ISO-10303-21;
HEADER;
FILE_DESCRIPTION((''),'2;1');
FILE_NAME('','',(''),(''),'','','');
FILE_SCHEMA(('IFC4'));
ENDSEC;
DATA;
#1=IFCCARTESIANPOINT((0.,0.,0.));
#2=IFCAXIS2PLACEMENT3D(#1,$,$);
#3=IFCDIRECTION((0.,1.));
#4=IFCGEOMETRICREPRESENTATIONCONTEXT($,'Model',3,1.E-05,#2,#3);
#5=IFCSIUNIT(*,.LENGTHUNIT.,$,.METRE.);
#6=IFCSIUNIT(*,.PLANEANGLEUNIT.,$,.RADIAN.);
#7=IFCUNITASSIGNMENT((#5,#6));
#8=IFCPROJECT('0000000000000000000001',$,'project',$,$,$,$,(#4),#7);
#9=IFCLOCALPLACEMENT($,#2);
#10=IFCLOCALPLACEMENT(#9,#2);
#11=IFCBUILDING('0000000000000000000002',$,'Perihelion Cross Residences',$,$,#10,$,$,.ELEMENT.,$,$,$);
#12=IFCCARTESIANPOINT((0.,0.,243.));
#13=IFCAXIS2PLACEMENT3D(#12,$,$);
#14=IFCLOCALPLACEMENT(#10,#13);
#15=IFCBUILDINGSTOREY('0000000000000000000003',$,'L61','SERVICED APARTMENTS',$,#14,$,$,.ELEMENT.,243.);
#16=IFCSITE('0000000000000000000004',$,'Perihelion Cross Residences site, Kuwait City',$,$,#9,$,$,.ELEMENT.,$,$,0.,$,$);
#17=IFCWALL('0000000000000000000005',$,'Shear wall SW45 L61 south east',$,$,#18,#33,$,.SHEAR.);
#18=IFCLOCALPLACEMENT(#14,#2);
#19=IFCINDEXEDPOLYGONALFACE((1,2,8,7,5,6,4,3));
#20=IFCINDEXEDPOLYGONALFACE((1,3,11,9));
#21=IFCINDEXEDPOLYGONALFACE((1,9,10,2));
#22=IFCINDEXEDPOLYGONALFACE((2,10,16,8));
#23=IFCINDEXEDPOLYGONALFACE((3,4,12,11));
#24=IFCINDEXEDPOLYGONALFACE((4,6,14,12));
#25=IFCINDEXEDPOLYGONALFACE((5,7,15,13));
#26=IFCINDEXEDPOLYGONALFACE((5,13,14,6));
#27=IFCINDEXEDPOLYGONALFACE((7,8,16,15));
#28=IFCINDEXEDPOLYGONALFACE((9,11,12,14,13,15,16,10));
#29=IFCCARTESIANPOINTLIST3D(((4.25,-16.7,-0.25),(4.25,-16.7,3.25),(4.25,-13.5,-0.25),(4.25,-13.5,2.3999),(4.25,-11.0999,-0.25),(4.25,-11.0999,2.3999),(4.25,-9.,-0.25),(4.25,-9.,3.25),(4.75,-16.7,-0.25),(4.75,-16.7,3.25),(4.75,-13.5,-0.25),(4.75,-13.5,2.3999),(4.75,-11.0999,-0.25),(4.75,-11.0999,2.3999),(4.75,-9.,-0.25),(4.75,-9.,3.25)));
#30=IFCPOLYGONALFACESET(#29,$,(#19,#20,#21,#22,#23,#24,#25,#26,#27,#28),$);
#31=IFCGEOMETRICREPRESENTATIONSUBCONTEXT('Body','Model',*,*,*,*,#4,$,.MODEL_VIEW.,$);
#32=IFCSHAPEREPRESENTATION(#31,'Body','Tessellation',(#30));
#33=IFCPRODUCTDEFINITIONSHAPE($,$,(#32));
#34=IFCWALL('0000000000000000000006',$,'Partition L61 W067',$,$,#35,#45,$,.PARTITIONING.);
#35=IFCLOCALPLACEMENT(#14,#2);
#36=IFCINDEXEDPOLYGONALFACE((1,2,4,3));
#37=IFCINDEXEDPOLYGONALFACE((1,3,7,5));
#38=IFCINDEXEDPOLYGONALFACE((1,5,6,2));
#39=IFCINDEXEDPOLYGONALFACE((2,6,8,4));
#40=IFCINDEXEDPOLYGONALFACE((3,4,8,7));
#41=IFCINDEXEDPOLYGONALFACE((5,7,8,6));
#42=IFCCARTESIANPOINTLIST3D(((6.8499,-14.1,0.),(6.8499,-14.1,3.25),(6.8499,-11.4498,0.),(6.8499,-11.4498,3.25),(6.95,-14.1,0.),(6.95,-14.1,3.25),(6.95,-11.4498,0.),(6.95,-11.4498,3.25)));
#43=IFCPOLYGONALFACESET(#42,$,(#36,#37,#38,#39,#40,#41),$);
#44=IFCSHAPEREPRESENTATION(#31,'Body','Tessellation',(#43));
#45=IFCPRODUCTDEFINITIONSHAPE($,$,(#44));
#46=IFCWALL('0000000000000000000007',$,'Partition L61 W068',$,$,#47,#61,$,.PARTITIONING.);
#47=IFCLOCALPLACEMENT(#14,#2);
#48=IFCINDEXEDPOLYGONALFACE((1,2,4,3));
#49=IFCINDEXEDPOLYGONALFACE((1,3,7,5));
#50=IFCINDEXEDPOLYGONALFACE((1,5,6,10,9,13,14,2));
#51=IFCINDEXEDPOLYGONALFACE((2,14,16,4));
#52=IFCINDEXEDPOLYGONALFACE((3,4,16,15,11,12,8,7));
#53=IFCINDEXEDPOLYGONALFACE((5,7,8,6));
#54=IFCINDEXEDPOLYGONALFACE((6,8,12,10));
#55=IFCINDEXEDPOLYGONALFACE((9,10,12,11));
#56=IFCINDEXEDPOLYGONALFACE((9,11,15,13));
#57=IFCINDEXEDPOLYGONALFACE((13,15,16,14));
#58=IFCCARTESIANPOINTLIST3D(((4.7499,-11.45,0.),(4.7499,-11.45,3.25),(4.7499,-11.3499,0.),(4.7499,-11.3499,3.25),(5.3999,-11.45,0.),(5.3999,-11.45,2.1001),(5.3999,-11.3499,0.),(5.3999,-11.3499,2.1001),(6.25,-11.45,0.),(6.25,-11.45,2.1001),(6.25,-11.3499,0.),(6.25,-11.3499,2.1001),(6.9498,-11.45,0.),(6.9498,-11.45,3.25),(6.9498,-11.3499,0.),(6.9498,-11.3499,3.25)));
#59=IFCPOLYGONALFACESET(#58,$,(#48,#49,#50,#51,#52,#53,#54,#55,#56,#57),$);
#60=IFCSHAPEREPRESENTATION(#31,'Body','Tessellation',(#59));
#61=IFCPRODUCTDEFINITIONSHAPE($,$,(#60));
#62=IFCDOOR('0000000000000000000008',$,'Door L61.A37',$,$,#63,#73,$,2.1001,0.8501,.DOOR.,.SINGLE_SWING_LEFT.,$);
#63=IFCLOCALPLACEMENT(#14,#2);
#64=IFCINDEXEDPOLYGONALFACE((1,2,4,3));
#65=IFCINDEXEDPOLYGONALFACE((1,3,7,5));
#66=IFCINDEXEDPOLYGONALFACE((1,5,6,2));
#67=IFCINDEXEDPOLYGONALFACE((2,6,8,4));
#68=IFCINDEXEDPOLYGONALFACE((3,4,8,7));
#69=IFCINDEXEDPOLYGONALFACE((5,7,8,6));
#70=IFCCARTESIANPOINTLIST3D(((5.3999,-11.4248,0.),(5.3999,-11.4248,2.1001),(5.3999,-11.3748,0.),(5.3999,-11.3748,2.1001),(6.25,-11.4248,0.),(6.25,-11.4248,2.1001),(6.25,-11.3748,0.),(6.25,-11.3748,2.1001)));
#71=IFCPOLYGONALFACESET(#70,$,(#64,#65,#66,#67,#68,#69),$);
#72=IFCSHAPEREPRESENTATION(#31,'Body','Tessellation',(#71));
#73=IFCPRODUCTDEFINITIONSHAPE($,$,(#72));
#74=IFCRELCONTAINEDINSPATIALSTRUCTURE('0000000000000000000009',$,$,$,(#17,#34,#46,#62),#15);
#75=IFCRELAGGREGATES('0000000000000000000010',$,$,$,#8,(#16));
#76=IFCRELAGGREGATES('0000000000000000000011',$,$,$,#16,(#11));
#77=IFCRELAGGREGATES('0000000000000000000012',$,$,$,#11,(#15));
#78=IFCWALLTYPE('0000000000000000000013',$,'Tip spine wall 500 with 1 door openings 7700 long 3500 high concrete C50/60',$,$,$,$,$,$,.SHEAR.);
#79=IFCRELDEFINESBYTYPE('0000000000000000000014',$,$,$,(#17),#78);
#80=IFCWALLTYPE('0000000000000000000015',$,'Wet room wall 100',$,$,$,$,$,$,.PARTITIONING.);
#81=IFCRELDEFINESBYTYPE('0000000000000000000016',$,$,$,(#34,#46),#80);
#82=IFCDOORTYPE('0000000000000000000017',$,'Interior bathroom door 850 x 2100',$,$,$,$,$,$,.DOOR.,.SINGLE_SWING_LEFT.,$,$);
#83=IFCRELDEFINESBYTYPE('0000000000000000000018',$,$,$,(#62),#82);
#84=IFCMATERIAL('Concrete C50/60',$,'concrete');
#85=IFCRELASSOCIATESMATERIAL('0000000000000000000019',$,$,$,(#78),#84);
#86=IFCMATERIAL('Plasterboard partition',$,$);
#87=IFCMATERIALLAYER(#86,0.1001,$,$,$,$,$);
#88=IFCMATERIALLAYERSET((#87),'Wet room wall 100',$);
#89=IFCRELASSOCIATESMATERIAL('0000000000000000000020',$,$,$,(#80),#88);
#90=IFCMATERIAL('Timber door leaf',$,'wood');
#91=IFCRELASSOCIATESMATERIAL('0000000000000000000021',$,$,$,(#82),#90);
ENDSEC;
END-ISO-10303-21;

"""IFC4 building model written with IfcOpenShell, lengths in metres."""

from ifc_helpers import new_model, si_unit, direction, frame, frame_2d, origin, place, context, subcontext, project, spatial, polyline, rectangle, outline, extrude, material, layer, layer_set, material_profile, profile_set, type_object, element, fill, save


model = new_model("IFC4")

# Units and contexts
model_context = context("Model", 3, precision=1e-05, world=origin(), true_north=direction((0.0, 1.0)))
body_context = subcontext(model_context, "Body", "Model", "MODEL_VIEW")
ifc_project = project(units=[si_unit("LENGTHUNIT", "METRE"), si_unit("PLANEANGLEUNIT", "RADIAN")], contexts=[model_context])

# Site, building, storey
site_placement = place(None, origin())
site = spatial("IfcSite", under=ifc_project, at=site_placement, Name="Perihelion Cross Residences site, Kuwait City", CompositionType="ELEMENT", RefElevation=0.0)
building_placement = place(site_placement, origin())
building = spatial("IfcBuilding", under=site, at=building_placement, Name="Perihelion Cross Residences", CompositionType="ELEMENT")
storey_placement = place(building_placement, frame((0.0, 0.0, 243.0)))
storey = spatial("IfcBuildingStorey", under=building, at=storey_placement, Name="L61", Description="SERVICED APARTMENTS", CompositionType="ELEMENT", Elevation=243.0)

# Walls
ifc_material_1 = material(Name="Concrete C50/60", Category="concrete")
ifc_material_profile_1 = material_profile(ifc_material_1, outline(polyline([(0.0, 0.0), (3.2, 0.0), (3.2, 2.6499), (5.6001, 2.6499), (5.6001, 0.0), (7.7, 0.0), (7.7, 3.5), (0.0, 3.5), (0.0, 0.0)])), Name="Tip spine wall")
ifc_profile_set_1 = profile_set([ifc_material_profile_1], Name="Concrete C50/60")
wall_type_1 = type_object("IfcWallType", Name="Tip spine wall 500 with 1 door openings 7700 long 3500 high concrete C50/60", PredefinedType="SHEAR", material=ifc_profile_set_1)
wall_1_placement = place(storey_placement, frame((4.25, -16.7, -0.25), z_axis=(1.0, 0.0, 0.0), x_axis=(0.0, 1.0, 0.0)))
element("IfcWall", 1, at=wall_1_placement, inside=storey, type_object=wall_type_1, Name="Shear wall SW45 L61 south east", PredefinedType="SHEAR", context=body_context, shape_type="SweptSolid", body=[
    extrude(outline(polyline([(0.0, 0.0), (3.2, 0.0), (3.2, 2.6499), (5.6001, 2.6499), (5.6001, 0.0), (7.7, 0.0), (7.7, 3.5), (0.0, 3.5), (0.0, 0.0)])), origin(), (0.0, 0.0, 1.0), 0.5),
])
ifc_material_2 = material(Name="Plasterboard partition")
ifc_layer_1 = layer(ifc_material_2, 0.1001)
ifc_layer_set_1 = layer_set([ifc_layer_1], Name="Wet room wall 100")
wall_type_2 = type_object("IfcWallType", Name="Wet room wall 100", PredefinedType="PARTITIONING", material=ifc_layer_set_1)
wall_2_placement = place(storey_placement, frame((6.8999, -14.1001, 0.0), z_axis=(0.0, 0.0, 1.0), x_axis=(0.0, 1.0, 0.0)))
element("IfcWall", 2, at=wall_2_placement, inside=storey, type_object=wall_type_2, Name="Partition L61 W067", PredefinedType="PARTITIONING", context=body_context, shape_type="SweptSolid", body=[
    extrude(rectangle(XDim=2.6501, YDim=0.1001, at=frame_2d((1.3252, 0.0))), origin(), (0.0, 0.0, 1.0), 3.25),
])

# Wall, opening, door
wall_3_placement = place(storey_placement, frame((6.95, -11.3999, 0.0), z_axis=(0.0, 0.0, 1.0), x_axis=(-1.0, 0.0, 0.0)))
wall_3 = element("IfcWall", 3, at=wall_3_placement, inside=storey, type_object=wall_type_2, Name="Partition L61 W068", PredefinedType="PARTITIONING", context=body_context, shape_type="SweptSolid", body=[
    extrude(rectangle(XDim=2.2, YDim=0.1001, at=frame_2d((1.1001, 0.0))), origin(), (0.0, 0.0, 1.0), 3.25),
])
opening_1_placement = place(wall_3_placement, frame((0.7, 0.0, 0.0)))
opening_1 = element("IfcOpeningElement", 4, at=opening_1_placement, cuts=wall_3, PredefinedType="OPENING", context=body_context, shape_type="SweptSolid", body=[
    extrude(rectangle(XDim=0.8501, YDim=2.1001, at=frame_2d((0.425, 1.05))), frame((0.0, 0.0601, 0.0), z_axis=(0.0, -1.0, 0.0), x_axis=(1.0, 0.0, 0.0)), (0.0, 0.0, 1.0), 0.1201),
])
ifc_material_3 = material(Name="Timber door leaf", Category="wood")
door_type_1 = type_object("IfcDoorType", Name="Interior bathroom door 850 x 2100", OperationType="SINGLE_SWING_LEFT", PredefinedType="DOOR", material=ifc_material_3)
door_1_placement = place(opening_1_placement, origin())
door_1 = element("IfcDoor", 5, at=door_1_placement, inside=storey, type_object=door_type_1, Name="Door L61.A37", OperationType="SINGLE_SWING_LEFT", OverallHeight=2.1001, OverallWidth=0.8501, PredefinedType="DOOR", context=body_context, shape_type="SweptSolid", body=[
    extrude(rectangle(XDim=0.8501, YDim=2.1001, at=frame_2d((0.425, 1.05))), frame((0.0, 0.0249, 0.0), z_axis=(0.0, -1.0, 0.0), x_axis=(1.0, 0.0, 0.0)), (0.0, 0.0, 1.0), 0.05),
])
fill(opening_1, door_1)

save(model, "model.ifc")
